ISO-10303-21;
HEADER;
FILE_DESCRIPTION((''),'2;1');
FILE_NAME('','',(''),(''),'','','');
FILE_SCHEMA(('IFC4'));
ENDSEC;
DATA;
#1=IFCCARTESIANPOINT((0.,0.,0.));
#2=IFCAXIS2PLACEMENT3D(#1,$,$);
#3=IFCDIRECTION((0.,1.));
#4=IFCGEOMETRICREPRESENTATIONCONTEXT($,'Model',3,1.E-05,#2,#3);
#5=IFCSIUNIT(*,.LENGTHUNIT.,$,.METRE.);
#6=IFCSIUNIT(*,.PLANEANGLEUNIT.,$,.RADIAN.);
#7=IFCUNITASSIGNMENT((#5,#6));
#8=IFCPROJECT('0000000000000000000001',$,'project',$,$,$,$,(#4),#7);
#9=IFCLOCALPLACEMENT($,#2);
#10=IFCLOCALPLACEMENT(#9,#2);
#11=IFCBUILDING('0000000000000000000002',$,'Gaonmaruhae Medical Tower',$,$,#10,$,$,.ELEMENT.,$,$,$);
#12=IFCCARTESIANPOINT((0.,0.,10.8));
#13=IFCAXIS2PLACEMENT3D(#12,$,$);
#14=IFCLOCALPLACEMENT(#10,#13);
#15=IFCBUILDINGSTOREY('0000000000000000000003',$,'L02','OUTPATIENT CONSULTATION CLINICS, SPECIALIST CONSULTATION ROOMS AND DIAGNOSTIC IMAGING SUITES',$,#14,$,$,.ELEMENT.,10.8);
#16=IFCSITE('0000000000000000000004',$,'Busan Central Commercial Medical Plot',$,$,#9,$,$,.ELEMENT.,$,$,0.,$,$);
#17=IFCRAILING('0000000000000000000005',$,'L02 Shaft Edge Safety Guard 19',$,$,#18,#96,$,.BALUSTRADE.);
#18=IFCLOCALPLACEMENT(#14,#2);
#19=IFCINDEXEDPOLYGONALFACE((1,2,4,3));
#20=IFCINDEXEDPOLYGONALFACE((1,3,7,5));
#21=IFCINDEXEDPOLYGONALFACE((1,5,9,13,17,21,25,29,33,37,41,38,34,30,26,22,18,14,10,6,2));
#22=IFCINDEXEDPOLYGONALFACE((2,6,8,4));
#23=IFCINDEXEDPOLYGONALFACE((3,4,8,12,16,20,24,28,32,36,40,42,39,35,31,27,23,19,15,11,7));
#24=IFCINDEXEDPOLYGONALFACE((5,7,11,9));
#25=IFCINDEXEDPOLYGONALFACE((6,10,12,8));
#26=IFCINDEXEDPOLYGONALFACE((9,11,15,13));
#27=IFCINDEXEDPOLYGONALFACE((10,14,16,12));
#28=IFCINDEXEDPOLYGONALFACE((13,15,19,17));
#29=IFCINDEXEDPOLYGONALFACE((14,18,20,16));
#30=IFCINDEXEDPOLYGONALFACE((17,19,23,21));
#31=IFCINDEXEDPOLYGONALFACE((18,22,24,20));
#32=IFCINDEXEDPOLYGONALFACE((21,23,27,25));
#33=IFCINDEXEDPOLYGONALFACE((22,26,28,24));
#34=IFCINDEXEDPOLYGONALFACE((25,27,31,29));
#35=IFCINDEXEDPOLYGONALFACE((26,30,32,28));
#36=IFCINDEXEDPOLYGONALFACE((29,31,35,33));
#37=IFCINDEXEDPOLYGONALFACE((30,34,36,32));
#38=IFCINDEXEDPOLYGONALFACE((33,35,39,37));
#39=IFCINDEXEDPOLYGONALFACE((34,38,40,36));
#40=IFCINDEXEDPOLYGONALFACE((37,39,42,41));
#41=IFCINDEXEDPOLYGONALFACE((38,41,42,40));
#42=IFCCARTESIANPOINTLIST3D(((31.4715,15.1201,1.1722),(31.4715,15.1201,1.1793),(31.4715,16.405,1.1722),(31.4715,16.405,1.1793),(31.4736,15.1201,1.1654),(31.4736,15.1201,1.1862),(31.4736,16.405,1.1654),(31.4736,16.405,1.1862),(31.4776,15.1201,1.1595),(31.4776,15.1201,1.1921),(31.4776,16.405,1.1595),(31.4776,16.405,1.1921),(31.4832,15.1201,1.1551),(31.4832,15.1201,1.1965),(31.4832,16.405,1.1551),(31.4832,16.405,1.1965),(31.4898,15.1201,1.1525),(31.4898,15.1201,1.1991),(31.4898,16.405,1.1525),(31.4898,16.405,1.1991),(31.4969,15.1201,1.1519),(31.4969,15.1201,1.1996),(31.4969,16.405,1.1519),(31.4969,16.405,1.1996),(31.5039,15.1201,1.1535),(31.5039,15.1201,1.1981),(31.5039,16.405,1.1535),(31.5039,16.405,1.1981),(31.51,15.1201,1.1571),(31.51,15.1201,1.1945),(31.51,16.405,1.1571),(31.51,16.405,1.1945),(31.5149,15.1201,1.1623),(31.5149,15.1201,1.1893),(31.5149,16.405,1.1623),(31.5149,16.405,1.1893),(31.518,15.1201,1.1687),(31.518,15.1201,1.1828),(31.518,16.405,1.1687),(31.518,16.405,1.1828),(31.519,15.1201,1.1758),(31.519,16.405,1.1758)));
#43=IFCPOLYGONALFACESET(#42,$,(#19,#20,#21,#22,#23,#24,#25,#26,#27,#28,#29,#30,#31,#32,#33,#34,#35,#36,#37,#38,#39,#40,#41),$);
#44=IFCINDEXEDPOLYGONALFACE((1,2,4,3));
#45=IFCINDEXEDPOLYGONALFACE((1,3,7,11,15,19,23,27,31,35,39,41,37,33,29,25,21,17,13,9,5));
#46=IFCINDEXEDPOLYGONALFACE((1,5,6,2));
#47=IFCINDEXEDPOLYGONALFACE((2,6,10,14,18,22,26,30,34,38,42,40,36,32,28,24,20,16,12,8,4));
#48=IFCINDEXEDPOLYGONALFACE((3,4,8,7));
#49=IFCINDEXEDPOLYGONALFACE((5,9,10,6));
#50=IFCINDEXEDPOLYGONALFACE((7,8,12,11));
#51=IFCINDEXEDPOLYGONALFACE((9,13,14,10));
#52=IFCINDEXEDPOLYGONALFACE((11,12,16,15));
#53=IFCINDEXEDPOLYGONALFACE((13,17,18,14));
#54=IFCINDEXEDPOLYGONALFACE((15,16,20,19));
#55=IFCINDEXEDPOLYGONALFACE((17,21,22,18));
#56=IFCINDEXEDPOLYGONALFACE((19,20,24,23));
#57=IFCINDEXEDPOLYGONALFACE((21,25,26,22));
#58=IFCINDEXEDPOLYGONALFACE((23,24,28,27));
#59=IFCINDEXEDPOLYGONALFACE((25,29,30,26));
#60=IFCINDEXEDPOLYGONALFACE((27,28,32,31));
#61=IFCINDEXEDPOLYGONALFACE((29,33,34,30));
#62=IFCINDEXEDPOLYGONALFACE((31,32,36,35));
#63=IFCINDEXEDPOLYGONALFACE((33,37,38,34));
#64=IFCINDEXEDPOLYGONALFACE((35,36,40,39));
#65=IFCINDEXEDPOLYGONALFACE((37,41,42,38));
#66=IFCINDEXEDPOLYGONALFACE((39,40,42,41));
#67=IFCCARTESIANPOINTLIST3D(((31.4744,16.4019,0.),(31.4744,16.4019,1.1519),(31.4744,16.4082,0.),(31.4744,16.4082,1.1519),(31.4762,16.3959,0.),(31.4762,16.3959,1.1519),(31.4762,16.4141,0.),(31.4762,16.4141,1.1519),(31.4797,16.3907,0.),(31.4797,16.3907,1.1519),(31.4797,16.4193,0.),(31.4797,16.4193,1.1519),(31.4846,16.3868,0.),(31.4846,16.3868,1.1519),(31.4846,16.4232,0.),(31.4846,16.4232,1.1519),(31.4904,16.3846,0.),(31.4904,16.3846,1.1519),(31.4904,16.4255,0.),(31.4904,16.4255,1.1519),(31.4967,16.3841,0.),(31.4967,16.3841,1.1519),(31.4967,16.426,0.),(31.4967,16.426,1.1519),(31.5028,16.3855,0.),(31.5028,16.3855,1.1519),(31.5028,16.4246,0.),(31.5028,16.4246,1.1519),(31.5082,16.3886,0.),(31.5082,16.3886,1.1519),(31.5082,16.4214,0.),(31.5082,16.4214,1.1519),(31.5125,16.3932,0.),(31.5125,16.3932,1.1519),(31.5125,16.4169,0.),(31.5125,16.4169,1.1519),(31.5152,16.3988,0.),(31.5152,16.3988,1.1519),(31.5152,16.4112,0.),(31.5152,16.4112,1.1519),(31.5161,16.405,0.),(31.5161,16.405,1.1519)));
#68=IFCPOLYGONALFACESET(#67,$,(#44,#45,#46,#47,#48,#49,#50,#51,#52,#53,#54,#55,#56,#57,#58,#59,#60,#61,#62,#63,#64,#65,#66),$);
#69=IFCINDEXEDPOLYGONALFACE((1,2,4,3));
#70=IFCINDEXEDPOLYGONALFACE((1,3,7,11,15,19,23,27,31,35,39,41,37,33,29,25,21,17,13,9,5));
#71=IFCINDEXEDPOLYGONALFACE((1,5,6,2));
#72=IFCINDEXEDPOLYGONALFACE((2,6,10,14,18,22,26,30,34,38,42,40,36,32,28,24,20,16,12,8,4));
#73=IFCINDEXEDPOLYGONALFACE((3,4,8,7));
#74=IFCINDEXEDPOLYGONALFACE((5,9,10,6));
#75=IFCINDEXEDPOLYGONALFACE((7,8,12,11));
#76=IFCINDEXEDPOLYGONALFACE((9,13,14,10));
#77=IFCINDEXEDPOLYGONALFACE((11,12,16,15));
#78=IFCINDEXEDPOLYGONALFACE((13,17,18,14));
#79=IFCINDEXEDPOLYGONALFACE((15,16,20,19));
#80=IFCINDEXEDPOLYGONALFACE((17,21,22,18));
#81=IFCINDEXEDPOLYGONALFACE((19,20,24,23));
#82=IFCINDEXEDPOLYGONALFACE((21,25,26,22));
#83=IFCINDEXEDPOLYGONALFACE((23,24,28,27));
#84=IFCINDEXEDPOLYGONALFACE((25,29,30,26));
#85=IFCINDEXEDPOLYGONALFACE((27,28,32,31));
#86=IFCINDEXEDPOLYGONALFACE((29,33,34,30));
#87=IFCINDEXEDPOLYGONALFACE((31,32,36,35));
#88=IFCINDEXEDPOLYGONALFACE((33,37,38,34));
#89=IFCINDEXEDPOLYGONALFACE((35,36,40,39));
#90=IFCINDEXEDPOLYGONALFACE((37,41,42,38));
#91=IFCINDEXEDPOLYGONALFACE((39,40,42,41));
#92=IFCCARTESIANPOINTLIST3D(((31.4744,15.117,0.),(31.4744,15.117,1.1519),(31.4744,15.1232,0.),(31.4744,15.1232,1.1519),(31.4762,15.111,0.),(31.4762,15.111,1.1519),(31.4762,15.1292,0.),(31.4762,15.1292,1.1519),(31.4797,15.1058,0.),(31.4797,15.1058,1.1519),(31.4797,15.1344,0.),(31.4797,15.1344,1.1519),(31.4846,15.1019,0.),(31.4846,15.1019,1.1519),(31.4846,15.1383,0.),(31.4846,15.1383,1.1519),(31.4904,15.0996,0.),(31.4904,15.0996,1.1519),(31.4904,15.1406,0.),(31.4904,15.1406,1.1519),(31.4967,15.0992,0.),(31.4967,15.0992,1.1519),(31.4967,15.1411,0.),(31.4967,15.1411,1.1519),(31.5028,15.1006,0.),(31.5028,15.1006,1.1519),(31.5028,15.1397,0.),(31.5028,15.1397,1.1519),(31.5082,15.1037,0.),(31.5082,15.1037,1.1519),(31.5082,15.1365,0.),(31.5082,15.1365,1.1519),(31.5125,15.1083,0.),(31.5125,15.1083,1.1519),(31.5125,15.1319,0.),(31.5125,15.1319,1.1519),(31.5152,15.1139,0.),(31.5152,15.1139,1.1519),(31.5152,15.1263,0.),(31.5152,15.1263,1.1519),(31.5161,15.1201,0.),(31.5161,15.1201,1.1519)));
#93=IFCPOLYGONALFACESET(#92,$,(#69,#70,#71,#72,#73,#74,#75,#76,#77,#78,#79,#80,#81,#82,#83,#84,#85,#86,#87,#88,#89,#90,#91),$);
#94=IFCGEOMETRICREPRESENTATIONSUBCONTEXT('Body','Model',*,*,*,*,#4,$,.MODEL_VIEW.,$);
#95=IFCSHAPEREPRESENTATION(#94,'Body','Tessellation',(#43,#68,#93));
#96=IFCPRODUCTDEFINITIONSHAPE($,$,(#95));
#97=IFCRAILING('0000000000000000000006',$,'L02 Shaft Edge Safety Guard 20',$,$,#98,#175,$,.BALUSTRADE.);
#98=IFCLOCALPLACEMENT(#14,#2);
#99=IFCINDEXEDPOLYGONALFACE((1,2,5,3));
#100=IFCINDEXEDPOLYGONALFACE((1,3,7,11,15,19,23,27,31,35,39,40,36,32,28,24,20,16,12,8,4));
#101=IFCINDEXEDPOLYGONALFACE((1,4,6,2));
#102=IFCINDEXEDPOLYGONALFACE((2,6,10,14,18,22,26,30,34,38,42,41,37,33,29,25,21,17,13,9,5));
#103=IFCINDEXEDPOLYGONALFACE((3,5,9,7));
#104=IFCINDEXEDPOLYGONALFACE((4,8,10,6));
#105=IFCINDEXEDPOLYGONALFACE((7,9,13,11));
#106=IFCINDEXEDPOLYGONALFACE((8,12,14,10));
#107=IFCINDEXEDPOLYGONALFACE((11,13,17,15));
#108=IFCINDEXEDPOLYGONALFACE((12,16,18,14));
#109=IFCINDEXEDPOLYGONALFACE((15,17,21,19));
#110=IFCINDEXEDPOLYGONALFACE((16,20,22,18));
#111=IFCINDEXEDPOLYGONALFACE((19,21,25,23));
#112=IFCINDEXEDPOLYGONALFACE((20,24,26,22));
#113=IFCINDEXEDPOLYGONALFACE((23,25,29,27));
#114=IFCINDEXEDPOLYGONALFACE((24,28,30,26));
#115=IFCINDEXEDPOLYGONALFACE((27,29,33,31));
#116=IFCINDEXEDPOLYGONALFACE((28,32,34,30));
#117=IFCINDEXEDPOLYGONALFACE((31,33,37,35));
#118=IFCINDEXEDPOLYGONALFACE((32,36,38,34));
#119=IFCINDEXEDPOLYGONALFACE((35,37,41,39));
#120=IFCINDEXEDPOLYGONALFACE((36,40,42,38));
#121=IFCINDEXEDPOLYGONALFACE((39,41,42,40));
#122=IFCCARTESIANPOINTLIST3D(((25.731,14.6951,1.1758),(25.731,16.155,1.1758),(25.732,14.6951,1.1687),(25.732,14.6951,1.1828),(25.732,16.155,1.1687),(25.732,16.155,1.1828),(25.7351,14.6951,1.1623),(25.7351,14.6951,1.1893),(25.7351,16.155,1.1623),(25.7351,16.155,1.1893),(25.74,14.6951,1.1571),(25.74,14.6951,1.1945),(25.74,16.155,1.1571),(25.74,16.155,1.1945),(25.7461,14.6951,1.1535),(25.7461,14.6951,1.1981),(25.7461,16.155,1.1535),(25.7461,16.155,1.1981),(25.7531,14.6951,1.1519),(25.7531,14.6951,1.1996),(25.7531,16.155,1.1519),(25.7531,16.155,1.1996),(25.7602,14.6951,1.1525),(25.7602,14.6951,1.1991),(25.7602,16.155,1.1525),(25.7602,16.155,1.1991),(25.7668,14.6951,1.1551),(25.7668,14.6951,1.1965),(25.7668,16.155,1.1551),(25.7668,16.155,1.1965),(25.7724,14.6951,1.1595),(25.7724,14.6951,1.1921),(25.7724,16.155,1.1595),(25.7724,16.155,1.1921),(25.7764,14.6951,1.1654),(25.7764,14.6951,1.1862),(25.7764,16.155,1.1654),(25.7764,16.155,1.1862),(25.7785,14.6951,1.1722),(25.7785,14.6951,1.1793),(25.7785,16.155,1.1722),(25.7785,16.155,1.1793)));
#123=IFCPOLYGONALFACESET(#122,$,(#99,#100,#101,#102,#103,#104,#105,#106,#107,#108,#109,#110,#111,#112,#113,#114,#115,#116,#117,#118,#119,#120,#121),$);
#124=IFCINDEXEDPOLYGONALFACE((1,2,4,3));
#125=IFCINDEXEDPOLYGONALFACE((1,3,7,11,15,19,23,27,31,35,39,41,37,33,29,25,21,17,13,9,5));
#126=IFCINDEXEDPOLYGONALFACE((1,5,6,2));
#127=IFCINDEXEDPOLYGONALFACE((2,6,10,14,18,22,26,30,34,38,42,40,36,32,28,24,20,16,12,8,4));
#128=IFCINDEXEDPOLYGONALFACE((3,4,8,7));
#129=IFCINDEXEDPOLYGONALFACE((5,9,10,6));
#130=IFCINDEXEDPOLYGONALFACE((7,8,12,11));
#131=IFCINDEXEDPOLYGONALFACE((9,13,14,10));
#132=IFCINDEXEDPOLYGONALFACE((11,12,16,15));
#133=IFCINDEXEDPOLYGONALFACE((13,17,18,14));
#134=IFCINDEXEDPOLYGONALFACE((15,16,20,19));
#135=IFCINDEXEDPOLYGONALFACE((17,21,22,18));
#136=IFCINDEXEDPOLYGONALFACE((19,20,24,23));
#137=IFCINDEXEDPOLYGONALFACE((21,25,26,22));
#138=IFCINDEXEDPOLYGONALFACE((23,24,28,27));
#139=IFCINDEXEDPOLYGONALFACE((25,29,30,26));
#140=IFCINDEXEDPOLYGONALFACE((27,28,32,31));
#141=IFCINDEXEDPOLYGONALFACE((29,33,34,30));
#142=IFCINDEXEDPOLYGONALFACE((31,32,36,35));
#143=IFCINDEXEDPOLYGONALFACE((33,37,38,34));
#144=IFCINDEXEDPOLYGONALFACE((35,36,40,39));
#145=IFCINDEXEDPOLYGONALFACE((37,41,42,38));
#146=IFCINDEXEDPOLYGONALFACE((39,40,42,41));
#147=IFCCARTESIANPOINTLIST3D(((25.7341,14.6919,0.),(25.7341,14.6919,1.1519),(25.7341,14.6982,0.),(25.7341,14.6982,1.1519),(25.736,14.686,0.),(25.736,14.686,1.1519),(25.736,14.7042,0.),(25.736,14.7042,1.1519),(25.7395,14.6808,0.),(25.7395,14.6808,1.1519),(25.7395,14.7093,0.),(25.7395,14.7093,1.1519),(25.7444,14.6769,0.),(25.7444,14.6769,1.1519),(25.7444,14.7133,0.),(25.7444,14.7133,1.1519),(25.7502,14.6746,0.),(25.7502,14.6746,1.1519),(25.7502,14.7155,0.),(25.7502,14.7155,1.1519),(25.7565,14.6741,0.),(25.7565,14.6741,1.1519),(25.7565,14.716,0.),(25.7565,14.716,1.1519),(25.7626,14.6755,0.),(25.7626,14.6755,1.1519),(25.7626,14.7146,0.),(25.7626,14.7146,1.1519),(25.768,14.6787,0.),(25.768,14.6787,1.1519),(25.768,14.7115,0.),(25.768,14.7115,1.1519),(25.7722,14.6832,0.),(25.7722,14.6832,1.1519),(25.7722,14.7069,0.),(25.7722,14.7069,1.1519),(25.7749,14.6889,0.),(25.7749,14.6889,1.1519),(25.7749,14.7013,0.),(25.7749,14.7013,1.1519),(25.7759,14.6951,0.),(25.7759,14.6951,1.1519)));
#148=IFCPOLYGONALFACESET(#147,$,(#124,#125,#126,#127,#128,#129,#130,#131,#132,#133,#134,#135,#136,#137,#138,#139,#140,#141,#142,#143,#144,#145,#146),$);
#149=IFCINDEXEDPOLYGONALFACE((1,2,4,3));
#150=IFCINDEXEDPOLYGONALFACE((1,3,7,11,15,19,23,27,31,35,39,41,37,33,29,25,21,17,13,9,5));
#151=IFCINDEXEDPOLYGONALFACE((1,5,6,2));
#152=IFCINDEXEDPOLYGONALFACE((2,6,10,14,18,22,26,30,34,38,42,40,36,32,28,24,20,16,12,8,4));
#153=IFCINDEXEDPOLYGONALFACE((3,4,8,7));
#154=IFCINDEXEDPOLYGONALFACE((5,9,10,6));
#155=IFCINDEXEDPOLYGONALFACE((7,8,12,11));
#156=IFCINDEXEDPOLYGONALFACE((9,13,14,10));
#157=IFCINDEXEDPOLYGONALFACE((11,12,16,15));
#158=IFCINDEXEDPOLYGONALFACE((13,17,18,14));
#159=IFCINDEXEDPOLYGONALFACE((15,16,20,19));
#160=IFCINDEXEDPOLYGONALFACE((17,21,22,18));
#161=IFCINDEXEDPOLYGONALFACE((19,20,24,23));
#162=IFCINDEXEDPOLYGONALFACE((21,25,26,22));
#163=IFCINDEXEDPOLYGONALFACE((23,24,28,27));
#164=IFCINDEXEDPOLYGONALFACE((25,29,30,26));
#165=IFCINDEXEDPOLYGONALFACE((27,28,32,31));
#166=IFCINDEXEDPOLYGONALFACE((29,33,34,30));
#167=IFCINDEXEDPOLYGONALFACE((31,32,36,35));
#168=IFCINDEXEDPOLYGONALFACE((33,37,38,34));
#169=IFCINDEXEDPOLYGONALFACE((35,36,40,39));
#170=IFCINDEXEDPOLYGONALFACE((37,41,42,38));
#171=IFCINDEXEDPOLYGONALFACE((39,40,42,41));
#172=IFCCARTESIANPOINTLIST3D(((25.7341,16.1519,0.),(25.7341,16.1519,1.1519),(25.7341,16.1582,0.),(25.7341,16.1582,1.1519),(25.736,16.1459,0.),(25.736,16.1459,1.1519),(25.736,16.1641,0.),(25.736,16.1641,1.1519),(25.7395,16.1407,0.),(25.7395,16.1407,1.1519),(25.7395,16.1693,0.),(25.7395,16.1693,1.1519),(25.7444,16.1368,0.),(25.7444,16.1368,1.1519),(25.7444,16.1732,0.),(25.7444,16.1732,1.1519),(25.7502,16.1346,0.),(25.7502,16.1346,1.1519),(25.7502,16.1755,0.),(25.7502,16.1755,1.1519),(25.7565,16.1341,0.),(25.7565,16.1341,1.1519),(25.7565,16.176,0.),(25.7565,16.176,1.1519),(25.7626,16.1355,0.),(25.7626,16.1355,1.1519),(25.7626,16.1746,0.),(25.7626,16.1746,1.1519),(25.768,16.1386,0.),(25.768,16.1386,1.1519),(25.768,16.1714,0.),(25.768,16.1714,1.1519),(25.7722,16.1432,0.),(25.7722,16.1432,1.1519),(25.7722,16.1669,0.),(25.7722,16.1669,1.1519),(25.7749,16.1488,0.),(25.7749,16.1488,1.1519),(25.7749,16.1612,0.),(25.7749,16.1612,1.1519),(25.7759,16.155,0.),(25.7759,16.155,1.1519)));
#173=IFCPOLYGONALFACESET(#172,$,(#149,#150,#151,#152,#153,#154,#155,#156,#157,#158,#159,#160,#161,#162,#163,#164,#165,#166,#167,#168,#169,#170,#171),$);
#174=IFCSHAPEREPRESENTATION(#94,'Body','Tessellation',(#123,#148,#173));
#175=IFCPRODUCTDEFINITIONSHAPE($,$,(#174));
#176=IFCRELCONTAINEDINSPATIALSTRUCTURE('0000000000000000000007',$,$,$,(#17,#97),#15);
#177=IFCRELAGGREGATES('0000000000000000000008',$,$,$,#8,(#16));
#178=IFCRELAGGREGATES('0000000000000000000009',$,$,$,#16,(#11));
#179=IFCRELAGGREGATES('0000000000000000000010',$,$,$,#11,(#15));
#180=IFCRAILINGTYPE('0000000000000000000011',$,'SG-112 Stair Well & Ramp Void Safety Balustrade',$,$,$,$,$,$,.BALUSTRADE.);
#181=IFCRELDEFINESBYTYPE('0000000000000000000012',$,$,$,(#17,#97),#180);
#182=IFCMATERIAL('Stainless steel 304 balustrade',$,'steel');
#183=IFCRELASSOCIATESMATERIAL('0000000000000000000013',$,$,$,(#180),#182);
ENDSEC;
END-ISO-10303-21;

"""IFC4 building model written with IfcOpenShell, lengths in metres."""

from ifc_helpers import new_model, si_unit, direction, frame, origin, origin_2d, place, context, subcontext, project, spatial, circle, extrude, material, type_object, element, save


model = new_model("IFC4")

# Units and contexts
model_context = context("Model", 3, precision=1e-05, world=origin(), true_north=direction((0.0, 1.0)))
body_context = subcontext(model_context, "Body", "Model", "MODEL_VIEW")
ifc_project = project(units=[si_unit("LENGTHUNIT", "METRE"), si_unit("PLANEANGLEUNIT", "RADIAN")], contexts=[model_context])

# Site, building, storey
site_placement = place(None, origin())
site = spatial("IfcSite", under=ifc_project, at=site_placement, Name="Busan Central Commercial Medical Plot", CompositionType="ELEMENT", RefElevation=0.0)
building_placement = place(site_placement, origin())
building = spatial("IfcBuilding", under=site, at=building_placement, Name="Gaonmaruhae Medical Tower", CompositionType="ELEMENT")
storey_placement = place(building_placement, frame((0.0, 0.0, 10.8)))
storey = spatial("IfcBuildingStorey", under=building, at=storey_placement, Name="L02", Description="OUTPATIENT CONSULTATION CLINICS, SPECIALIST CONSULTATION ROOMS AND DIAGNOSTIC IMAGING SUITES", CompositionType="ELEMENT", Elevation=10.8)

# Railings
ifc_material_1 = material(Name="Stainless steel 304 balustrade", Category="steel")
railing_type = type_object("IfcRailingType", Name="SG-112 Stair Well & Ramp Void Safety Balustrade", PredefinedType="BALUSTRADE", material=ifc_material_1)
railing_1_placement = place(storey_placement, frame((31.4951, 16.405, 0.0)))
element("IfcRailing", 1, at=railing_1_placement, inside=storey, type_object=railing_type, Name="L02 Shaft Edge Safety Guard 19", PredefinedType="BALUSTRADE", context=body_context, shape_type="SweptSolid", body=[
    extrude(circle(Radius=0.0239, at=origin_2d()), frame((0.0, 0.0, 1.1758), z_axis=(0.0, -1.0, 0.0), x_axis=(1.0, 0.0, 0.0)), (0.0, 0.0, 1.0), 1.2849),
    extrude(circle(Radius=0.021, at=origin_2d()), origin(), (0.0, 0.0, 1.0), 1.1519),
    extrude(circle(Radius=0.021, at=origin_2d()), frame((0.0, -1.2849, 0.0)), (0.0, 0.0, 1.0), 1.1519),
])
railing_2_placement = place(storey_placement, frame((25.7549, 14.6951, 0.0)))
element("IfcRailing", 2, at=railing_2_placement, inside=storey, type_object=railing_type, Name="L02 Shaft Edge Safety Guard 20", PredefinedType="BALUSTRADE", context=body_context, shape_type="SweptSolid", body=[
    extrude(circle(Radius=0.0239, at=origin_2d()), frame((0.0, 0.0, 1.1758), z_axis=(0.0, 1.0, 0.0), x_axis=(-1.0, 0.0, 0.0)), (0.0, 0.0, 1.0), 1.46),
    extrude(circle(Radius=0.021, at=origin_2d()), origin(), (0.0, 0.0, 1.0), 1.1519),
    extrude(circle(Radius=0.021, at=origin_2d()), frame((0.0, 1.46, 0.0)), (0.0, 0.0, 1.0), 1.1519),
])

save(model, "model.ifc")
